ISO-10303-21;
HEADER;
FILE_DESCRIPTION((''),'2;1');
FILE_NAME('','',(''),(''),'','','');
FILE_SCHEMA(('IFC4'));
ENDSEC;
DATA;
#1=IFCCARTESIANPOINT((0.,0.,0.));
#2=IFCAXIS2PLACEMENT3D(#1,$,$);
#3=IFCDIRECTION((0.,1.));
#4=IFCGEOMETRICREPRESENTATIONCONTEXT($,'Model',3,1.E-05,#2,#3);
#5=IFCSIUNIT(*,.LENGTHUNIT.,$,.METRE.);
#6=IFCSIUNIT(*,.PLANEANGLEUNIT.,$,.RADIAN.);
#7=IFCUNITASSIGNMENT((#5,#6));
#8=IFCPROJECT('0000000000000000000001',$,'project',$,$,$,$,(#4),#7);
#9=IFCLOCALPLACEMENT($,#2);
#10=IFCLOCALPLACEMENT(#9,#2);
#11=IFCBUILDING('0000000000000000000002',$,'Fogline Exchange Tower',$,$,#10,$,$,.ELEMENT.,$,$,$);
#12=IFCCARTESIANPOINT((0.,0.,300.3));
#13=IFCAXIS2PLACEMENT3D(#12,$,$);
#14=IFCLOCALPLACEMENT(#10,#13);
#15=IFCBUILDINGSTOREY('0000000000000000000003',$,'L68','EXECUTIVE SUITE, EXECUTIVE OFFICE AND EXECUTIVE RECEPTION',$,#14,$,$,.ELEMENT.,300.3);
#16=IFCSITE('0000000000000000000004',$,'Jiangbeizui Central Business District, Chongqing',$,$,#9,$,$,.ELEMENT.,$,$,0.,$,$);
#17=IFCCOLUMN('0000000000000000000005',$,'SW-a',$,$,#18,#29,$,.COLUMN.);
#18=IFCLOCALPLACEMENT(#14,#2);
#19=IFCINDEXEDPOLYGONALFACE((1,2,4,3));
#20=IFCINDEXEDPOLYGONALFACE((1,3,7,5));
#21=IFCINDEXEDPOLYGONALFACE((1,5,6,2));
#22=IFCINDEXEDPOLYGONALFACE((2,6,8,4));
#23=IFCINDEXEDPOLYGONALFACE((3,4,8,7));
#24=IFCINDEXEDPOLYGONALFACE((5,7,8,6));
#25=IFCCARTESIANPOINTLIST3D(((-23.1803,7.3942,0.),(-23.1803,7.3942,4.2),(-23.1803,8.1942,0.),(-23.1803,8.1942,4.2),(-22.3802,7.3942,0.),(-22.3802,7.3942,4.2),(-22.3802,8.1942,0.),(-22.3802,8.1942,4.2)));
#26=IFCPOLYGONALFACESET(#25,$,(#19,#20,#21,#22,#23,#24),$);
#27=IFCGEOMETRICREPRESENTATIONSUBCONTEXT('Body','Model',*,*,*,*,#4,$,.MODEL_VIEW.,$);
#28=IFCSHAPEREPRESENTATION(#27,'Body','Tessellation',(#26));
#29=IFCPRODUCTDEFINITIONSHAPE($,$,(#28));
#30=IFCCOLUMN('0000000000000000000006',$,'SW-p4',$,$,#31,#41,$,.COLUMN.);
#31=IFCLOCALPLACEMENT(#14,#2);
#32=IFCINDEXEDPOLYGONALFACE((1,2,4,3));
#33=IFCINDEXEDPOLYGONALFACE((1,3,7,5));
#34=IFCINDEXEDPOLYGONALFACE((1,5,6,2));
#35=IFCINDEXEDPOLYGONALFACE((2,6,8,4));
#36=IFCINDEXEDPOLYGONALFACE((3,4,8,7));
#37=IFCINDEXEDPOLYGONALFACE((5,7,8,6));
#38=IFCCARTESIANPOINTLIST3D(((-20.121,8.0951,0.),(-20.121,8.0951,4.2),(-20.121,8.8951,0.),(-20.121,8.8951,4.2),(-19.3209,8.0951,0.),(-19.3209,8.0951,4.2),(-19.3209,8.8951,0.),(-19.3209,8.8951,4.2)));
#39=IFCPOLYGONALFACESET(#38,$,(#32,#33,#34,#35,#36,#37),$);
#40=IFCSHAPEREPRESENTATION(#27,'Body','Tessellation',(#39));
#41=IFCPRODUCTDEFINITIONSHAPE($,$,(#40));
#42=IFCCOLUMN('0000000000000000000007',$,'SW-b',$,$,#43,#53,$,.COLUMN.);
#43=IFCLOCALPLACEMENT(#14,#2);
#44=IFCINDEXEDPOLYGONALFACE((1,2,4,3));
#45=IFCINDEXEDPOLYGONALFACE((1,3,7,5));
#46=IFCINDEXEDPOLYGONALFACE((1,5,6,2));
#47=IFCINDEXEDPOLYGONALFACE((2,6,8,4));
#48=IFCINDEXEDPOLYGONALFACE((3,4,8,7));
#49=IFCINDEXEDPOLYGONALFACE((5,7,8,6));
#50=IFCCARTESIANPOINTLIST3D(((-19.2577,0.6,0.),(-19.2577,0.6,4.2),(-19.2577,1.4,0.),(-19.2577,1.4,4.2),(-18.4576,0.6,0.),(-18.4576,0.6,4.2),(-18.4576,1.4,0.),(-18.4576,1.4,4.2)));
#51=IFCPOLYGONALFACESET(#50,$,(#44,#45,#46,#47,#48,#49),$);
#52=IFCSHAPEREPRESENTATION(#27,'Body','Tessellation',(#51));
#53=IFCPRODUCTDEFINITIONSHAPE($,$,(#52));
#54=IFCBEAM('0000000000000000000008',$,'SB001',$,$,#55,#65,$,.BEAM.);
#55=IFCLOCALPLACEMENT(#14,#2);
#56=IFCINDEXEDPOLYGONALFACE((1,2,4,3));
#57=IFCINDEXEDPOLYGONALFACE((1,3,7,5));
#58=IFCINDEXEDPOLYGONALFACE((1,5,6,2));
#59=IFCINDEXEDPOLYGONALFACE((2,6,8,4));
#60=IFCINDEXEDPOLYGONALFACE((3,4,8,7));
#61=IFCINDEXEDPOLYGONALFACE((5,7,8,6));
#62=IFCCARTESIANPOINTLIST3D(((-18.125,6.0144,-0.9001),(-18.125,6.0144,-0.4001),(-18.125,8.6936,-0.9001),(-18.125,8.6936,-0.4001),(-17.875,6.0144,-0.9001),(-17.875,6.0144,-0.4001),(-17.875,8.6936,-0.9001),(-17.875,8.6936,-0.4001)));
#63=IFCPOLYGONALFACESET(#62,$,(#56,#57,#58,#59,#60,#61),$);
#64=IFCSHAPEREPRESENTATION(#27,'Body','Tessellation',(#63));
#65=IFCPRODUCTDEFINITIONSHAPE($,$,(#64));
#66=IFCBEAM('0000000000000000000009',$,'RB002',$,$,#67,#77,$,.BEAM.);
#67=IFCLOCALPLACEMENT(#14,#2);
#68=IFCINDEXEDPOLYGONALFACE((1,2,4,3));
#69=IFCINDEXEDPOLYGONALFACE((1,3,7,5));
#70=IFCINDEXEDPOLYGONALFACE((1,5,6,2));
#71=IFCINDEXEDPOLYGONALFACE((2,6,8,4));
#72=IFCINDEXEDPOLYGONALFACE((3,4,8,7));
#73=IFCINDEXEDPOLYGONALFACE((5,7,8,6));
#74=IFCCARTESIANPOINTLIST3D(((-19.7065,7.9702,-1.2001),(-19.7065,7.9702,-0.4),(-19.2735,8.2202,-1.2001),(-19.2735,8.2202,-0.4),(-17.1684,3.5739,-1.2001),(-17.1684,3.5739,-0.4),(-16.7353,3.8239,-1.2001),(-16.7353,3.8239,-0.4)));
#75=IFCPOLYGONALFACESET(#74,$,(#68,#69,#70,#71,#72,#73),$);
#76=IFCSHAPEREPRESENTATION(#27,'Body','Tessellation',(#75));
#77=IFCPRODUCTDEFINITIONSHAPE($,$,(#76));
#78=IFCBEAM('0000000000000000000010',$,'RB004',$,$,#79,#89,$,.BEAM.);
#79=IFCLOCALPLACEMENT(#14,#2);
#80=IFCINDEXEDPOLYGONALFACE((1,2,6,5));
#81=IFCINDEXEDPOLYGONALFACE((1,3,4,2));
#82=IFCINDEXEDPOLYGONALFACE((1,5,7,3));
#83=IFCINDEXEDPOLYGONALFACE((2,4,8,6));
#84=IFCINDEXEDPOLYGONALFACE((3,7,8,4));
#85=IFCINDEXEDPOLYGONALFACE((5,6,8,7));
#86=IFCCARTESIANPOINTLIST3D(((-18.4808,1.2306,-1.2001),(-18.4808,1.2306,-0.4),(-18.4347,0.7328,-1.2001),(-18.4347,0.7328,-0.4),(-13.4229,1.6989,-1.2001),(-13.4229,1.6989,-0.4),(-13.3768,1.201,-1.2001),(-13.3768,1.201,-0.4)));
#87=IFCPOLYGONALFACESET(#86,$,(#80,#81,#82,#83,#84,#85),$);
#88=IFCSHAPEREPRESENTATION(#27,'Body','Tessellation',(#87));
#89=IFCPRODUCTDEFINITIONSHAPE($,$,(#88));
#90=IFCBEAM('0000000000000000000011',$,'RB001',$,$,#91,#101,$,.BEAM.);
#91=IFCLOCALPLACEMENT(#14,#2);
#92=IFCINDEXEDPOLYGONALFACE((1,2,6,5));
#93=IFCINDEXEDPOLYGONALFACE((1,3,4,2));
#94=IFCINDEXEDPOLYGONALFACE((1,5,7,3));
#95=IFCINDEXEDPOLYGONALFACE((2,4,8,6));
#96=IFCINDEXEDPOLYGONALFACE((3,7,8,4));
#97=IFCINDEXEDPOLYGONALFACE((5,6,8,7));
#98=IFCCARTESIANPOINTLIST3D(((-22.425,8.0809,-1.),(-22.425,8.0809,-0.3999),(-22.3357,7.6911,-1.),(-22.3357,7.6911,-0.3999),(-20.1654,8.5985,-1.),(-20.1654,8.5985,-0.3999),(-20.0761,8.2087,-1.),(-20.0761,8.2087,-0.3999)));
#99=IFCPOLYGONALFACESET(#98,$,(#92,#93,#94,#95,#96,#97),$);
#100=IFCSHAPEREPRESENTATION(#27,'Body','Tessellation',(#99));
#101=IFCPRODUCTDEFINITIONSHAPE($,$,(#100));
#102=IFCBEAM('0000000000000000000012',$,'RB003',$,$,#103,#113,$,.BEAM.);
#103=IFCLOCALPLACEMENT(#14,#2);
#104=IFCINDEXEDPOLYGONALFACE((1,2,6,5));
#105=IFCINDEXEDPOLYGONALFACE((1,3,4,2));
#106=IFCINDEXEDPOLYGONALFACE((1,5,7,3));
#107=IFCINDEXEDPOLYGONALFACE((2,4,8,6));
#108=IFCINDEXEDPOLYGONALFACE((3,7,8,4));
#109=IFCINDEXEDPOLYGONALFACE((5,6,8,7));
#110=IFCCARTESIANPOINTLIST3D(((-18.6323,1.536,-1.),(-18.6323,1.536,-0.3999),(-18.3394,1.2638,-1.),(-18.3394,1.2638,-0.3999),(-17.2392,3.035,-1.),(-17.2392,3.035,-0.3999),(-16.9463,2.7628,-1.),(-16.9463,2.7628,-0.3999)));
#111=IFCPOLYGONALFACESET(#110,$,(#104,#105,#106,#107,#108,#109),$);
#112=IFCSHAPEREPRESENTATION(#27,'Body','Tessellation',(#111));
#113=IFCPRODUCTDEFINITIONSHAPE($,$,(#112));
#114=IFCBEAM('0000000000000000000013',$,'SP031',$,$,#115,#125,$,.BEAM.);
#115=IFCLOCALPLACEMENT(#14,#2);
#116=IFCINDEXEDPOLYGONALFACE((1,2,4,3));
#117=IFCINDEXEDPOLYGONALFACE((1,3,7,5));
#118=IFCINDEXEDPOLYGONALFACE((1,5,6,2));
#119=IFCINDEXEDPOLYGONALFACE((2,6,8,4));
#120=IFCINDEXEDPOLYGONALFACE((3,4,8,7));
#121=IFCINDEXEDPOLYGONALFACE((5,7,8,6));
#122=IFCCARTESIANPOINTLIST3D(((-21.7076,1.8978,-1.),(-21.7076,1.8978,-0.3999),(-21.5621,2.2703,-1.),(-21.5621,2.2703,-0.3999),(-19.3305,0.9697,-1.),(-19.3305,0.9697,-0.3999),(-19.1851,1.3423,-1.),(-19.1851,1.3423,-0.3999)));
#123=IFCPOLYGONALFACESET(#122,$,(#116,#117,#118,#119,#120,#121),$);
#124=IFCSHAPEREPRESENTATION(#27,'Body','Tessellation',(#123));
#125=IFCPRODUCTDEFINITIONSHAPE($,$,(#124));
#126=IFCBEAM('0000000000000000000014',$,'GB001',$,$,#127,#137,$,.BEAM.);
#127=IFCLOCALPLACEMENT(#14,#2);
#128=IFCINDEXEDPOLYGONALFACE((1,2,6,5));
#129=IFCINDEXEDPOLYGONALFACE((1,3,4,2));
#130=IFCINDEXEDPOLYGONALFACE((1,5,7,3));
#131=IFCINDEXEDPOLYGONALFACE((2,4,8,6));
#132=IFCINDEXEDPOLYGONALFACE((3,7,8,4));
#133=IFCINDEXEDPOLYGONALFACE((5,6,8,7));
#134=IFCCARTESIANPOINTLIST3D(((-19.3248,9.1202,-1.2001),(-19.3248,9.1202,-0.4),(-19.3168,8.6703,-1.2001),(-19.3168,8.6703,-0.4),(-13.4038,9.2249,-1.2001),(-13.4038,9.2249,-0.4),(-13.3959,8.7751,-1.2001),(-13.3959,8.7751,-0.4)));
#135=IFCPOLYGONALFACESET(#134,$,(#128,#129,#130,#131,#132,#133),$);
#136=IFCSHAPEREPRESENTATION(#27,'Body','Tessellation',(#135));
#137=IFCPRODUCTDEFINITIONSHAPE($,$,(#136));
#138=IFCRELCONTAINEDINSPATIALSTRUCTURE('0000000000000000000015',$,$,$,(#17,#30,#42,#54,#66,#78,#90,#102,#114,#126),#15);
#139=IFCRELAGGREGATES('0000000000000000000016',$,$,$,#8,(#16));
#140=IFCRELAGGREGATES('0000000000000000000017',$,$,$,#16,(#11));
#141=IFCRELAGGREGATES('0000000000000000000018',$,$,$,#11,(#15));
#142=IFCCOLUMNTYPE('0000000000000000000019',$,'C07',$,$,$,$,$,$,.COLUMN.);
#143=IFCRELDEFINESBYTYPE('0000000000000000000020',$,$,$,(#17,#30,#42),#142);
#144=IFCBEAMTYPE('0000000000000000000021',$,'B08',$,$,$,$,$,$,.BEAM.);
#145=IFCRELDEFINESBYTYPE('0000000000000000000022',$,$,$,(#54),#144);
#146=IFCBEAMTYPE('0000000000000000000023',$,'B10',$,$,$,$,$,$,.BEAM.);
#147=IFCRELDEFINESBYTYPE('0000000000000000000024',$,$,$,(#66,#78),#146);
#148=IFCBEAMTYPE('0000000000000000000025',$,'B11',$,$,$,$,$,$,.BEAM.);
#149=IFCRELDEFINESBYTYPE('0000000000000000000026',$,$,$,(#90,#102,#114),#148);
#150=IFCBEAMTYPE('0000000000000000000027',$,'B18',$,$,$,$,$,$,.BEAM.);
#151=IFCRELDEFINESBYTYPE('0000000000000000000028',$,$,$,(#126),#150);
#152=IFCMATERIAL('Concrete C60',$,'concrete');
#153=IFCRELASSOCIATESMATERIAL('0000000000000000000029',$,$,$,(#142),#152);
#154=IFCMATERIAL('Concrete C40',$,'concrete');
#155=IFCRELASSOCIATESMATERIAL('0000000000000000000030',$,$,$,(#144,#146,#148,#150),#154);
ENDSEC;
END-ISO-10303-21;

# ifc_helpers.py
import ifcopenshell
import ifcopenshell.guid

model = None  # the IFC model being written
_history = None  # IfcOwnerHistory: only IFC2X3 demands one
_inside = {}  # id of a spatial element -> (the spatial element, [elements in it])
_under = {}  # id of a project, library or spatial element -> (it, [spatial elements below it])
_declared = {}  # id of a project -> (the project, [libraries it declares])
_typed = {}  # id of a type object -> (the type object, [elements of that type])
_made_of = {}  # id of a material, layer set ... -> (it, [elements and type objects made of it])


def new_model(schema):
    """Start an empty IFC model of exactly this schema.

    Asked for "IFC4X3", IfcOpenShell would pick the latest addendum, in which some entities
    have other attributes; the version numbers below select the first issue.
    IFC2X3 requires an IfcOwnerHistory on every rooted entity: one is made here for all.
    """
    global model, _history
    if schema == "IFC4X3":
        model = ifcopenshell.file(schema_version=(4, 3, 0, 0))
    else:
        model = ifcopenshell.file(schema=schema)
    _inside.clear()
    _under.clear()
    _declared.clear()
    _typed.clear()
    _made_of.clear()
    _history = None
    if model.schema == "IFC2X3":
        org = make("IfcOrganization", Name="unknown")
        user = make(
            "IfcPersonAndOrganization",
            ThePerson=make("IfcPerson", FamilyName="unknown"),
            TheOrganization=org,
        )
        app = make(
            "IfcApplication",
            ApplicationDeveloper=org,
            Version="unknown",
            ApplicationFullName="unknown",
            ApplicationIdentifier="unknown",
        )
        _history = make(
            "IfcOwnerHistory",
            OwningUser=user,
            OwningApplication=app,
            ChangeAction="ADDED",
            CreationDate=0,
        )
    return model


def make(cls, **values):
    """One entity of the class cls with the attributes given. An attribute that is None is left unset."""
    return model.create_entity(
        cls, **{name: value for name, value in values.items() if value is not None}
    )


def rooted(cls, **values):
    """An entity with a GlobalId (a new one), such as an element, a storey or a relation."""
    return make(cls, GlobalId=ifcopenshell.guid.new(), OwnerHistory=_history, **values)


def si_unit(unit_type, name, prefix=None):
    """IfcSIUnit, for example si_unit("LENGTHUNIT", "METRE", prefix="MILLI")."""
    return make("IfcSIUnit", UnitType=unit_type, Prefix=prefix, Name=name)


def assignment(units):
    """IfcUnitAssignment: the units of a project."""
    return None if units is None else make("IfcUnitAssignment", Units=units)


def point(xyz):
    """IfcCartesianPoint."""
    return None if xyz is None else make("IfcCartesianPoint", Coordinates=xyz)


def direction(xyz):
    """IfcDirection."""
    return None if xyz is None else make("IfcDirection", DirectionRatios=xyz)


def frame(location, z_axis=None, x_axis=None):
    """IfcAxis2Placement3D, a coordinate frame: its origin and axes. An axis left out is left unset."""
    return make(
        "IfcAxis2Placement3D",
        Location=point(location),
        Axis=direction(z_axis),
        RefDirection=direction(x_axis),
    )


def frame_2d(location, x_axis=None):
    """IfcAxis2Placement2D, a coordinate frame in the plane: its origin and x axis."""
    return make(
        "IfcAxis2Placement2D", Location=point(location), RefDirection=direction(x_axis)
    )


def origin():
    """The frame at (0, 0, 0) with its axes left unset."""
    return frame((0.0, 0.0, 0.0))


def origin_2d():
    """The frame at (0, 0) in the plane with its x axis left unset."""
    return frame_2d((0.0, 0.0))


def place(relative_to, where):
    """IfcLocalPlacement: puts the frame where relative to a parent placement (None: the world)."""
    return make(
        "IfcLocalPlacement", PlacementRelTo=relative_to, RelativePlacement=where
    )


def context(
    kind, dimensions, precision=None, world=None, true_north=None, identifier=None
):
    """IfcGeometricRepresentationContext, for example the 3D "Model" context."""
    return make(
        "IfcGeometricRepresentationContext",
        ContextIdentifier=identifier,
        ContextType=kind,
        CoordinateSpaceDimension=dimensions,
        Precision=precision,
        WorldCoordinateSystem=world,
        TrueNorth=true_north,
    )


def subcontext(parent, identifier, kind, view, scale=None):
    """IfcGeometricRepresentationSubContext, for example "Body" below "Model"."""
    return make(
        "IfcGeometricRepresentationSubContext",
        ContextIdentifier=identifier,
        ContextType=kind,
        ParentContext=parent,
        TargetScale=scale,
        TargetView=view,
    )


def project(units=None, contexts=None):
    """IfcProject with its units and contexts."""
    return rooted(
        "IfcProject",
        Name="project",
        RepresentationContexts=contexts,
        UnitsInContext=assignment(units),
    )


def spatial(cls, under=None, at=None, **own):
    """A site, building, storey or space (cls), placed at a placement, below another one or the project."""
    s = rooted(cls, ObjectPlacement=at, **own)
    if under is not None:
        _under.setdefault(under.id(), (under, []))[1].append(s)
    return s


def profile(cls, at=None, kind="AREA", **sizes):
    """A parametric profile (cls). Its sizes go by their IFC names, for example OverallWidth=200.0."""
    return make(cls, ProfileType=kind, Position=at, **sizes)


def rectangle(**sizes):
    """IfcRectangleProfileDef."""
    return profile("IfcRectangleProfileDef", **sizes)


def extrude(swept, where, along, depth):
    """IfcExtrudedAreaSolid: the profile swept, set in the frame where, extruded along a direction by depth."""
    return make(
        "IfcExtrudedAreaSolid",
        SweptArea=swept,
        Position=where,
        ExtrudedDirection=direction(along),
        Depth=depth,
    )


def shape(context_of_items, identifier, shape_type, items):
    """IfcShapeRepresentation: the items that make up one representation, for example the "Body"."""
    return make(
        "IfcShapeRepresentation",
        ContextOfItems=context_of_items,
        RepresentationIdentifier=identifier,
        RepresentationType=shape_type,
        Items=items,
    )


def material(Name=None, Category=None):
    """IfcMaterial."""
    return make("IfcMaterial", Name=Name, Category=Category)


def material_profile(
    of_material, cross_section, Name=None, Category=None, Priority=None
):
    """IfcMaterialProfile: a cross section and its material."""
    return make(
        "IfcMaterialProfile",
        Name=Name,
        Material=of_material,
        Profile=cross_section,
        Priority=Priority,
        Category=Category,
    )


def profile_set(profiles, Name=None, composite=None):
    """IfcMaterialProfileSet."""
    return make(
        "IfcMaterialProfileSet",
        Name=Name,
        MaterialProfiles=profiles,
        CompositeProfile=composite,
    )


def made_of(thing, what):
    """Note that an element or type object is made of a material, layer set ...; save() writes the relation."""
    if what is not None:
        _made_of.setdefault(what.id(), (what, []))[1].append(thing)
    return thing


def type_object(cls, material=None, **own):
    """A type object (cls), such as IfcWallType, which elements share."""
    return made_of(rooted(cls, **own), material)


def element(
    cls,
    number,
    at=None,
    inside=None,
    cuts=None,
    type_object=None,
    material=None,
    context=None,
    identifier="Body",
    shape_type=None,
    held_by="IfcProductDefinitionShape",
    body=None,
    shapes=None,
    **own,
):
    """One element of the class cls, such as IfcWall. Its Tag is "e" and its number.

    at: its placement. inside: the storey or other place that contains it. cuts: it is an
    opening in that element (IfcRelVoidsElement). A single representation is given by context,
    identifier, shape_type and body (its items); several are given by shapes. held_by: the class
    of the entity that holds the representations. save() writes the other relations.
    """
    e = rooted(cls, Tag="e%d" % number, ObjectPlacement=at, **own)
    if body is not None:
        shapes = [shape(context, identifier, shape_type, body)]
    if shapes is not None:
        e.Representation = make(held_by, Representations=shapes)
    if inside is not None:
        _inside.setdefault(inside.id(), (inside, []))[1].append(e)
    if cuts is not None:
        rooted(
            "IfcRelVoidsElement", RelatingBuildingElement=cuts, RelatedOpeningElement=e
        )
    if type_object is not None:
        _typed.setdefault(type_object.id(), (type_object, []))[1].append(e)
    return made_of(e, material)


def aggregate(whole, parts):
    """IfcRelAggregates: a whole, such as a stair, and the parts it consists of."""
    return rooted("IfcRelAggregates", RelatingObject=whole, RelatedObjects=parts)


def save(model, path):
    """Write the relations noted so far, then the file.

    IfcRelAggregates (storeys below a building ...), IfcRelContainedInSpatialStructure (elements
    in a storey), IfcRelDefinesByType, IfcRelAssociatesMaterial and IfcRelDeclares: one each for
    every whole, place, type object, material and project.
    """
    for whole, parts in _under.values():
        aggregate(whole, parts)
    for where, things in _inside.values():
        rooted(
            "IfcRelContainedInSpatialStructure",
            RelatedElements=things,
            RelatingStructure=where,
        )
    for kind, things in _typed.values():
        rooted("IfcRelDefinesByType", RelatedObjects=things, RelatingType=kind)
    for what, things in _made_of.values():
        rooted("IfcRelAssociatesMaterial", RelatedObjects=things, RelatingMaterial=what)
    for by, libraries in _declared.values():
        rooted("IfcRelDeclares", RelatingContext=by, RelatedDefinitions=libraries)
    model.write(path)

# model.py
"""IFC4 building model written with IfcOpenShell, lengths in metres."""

from ifc_helpers import new_model, si_unit, direction, frame, origin, origin_2d, place, context, subcontext, project, spatial, rectangle, extrude, material, material_profile, profile_set, type_object, element, save


model = new_model("IFC4")

# Units and contexts
model_context = context("Model", 3, precision=1e-05, world=origin(), true_north=direction((0.0, 1.0)))
body_context = subcontext(model_context, "Body", "Model", "MODEL_VIEW")
ifc_project = project(units=[si_unit("LENGTHUNIT", "METRE"), si_unit("PLANEANGLEUNIT", "RADIAN")], contexts=[model_context])

# Site, building, storey
site_placement = place(None, origin())
site = spatial("IfcSite", under=ifc_project, at=site_placement, Name="Jiangbeizui Central Business District, Chongqing", CompositionType="ELEMENT", RefElevation=0.0)
building_placement = place(site_placement, origin())
building = spatial("IfcBuilding", under=site, at=building_placement, Name="Fogline Exchange Tower", CompositionType="ELEMENT")
storey_placement = place(building_placement, frame((0.0, 0.0, 300.3)))
storey = spatial("IfcBuildingStorey", under=building, at=storey_placement, Name="L68", Description="EXECUTIVE SUITE, EXECUTIVE OFFICE AND EXECUTIVE RECEPTION", CompositionType="ELEMENT", Elevation=300.3)

# Columns
ifc_material_1 = material(Name="Concrete C60", Category="concrete")
ifc_material_profile_1 = material_profile(ifc_material_1, rectangle(XDim=0.8, YDim=0.8, at=origin_2d()), Name="RC 800x800")
ifc_profile_set_1 = profile_set([ifc_material_profile_1], Name="Concrete C60")
column_type = type_object("IfcColumnType", Name="C07", PredefinedType="COLUMN", material=ifc_profile_set_1)
for number, where, z_axis, x_axis, name in (
    (1, (-22.7803, 7.7942, 0.0), (0.0, 0.0, 1.0), (1.0, 0.0, 0.0), "SW-a"),
    (2, (-19.7209, 8.4951, 0.0), (0.0, 0.0, 1.0), (1.0, 0.0, 0.0), "SW-p4"),
    (3, (-18.8577, 1.0, 0.0), (0.0, 0.0, 1.0), (1.0, 0.0, 0.0), "SW-b"),
):
    element("IfcColumn", number, at=place(storey_placement, frame(where, z_axis=z_axis, x_axis=x_axis)), inside=storey, type_object=column_type, Name=name, PredefinedType="COLUMN", context=body_context, shape_type="SweptSolid", body=[
        extrude(rectangle(XDim=0.8, YDim=0.8, at=origin_2d()), origin(), (0.0, 0.0, 1.0), 4.2),
    ])

# Beams
ifc_material_2 = material(Name="Concrete C40", Category="concrete")
ifc_material_profile_2 = material_profile(ifc_material_2, rectangle(XDim=0.25, YDim=0.5, at=origin_2d()), Name="RC 250x500")
ifc_profile_set_2 = profile_set([ifc_material_profile_2], Name="Concrete C40")
beam_type_1 = type_object("IfcBeamType", Name="B08", PredefinedType="BEAM", material=ifc_profile_set_2)
beam_1_placement = place(storey_placement, frame((-18.0, 6.0144, -0.6501), z_axis=(0.0, 1.0, 0.0), x_axis=(-1.0, 0.0, 0.0)))
element("IfcBeam", 4, at=beam_1_placement, inside=storey, type_object=beam_type_1, Name="SB001", PredefinedType="BEAM", context=body_context, shape_type="SweptSolid", body=[
    extrude(rectangle(XDim=0.25, YDim=0.5, at=origin_2d()), origin(), (0.0, 0.0, 1.0), 2.6792),
])
ifc_material_profile_3 = material_profile(ifc_material_2, rectangle(XDim=0.5, YDim=0.8, at=origin_2d()), Name="RC 500x800")
ifc_profile_set_3 = profile_set([ifc_material_profile_3], Name="Concrete C40")
beam_type_2 = type_object("IfcBeamType", Name="B10", PredefinedType="BEAM", material=ifc_profile_set_3)
beam_2_placement = place(storey_placement, frame((-19.49, 8.0952, -0.8), z_axis=(0.499988, -0.866033, 0.0), x_axis=(0.866033, 0.499988, 0.0)))
element("IfcBeam", 5, at=beam_2_placement, inside=storey, type_object=beam_type_2, Name="RB002", PredefinedType="BEAM", context=body_context, shape_type="SweptSolid", body=[
    extrude(rectangle(XDim=0.5, YDim=0.8, at=origin_2d()), origin(), (0.0, 0.0, 1.0), 5.0764),
])
beam_3_placement = place(storey_placement, frame((-18.4578, 0.9817, -0.8), z_axis=(0.995742, 0.092187, 0.0), x_axis=(-0.092187, 0.995742, 0.0)))
element("IfcBeam", 6, at=beam_3_placement, inside=storey, type_object=beam_type_2, Name="RB004", PredefinedType="BEAM", context=body_context, shape_type="SweptSolid", body=[
    extrude(rectangle(XDim=0.5, YDim=0.8, at=origin_2d()), origin(), (0.0, 0.0, 1.0), 5.0796),
])
ifc_material_profile_4 = material_profile(ifc_material_2, rectangle(XDim=0.3999, YDim=0.6001, at=origin_2d()), Name="RC 400x600")
ifc_profile_set_4 = profile_set([ifc_material_profile_4], Name="Concrete C40")
beam_type_3 = type_object("IfcBeamType", Name="B11", PredefinedType="BEAM", material=ifc_profile_set_4)
beam_4_placement = place(storey_placement, frame((-22.3804, 7.886, -0.7), z_axis=(0.974754, 0.223282, 0.0), x_axis=(-0.223282, 0.974754, 0.0)))
element("IfcBeam", 7, at=beam_4_placement, inside=storey, type_object=beam_type_3, Name="RB001", PredefinedType="BEAM", context=body_context, shape_type="SweptSolid", body=[
    extrude(rectangle(XDim=0.3999, YDim=0.6001, at=origin_2d()), origin(), (0.0, 0.0, 1.0), 2.3181),
])
beam_5_placement = place(storey_placement, frame((-17.0928, 2.8989, -0.7), z_axis=(-0.680744, -0.732521, 0.0), x_axis=(0.732521, -0.680744, 0.0)))
element("IfcBeam", 8, at=beam_5_placement, inside=storey, type_object=beam_type_3, Name="RB003", PredefinedType="BEAM", context=body_context, shape_type="SweptSolid", body=[
    extrude(rectangle(XDim=0.3999, YDim=0.6001, at=origin_2d()), origin(), (0.0, 0.0, 1.0), 2.0464),
])
beam_6_placement = place(storey_placement, frame((-19.2578, 1.156, -0.7), z_axis=(-0.931526, 0.363674, 0.0), x_axis=(-0.363674, -0.931526, 0.0)))
element("IfcBeam", 9, at=beam_6_placement, inside=storey, type_object=beam_type_3, Name="SP031", PredefinedType="BEAM", context=body_context, shape_type="SweptSolid", body=[
    extrude(rectangle(XDim=0.3999, YDim=0.6001, at=origin_2d()), origin(), (0.0, 0.0, 1.0), 2.5518),
])
ifc_material_profile_5 = material_profile(ifc_material_2, rectangle(XDim=0.45, YDim=0.8, at=origin_2d()), Name="RC 450x800")
ifc_profile_set_5 = profile_set([ifc_material_profile_5], Name="Concrete C40")
beam_type_4 = type_object("IfcBeamType", Name="B18", PredefinedType="BEAM", material=ifc_profile_set_5)
beam_7_placement = place(storey_placement, frame((-19.3208, 8.8953, -0.8), z_axis=(0.999844, 0.017686, 0.0), x_axis=(-0.017686, 0.999844, 0.0)))
element("IfcBeam", 10, at=beam_7_placement, inside=storey, type_object=beam_type_4, Name="GB001", PredefinedType="BEAM", context=body_context, shape_type="SweptSolid", body=[
    extrude(rectangle(XDim=0.45, YDim=0.8, at=origin_2d()), origin(), (0.0, 0.0, 1.0), 5.9219),
])

save(model, "model.ifc")
